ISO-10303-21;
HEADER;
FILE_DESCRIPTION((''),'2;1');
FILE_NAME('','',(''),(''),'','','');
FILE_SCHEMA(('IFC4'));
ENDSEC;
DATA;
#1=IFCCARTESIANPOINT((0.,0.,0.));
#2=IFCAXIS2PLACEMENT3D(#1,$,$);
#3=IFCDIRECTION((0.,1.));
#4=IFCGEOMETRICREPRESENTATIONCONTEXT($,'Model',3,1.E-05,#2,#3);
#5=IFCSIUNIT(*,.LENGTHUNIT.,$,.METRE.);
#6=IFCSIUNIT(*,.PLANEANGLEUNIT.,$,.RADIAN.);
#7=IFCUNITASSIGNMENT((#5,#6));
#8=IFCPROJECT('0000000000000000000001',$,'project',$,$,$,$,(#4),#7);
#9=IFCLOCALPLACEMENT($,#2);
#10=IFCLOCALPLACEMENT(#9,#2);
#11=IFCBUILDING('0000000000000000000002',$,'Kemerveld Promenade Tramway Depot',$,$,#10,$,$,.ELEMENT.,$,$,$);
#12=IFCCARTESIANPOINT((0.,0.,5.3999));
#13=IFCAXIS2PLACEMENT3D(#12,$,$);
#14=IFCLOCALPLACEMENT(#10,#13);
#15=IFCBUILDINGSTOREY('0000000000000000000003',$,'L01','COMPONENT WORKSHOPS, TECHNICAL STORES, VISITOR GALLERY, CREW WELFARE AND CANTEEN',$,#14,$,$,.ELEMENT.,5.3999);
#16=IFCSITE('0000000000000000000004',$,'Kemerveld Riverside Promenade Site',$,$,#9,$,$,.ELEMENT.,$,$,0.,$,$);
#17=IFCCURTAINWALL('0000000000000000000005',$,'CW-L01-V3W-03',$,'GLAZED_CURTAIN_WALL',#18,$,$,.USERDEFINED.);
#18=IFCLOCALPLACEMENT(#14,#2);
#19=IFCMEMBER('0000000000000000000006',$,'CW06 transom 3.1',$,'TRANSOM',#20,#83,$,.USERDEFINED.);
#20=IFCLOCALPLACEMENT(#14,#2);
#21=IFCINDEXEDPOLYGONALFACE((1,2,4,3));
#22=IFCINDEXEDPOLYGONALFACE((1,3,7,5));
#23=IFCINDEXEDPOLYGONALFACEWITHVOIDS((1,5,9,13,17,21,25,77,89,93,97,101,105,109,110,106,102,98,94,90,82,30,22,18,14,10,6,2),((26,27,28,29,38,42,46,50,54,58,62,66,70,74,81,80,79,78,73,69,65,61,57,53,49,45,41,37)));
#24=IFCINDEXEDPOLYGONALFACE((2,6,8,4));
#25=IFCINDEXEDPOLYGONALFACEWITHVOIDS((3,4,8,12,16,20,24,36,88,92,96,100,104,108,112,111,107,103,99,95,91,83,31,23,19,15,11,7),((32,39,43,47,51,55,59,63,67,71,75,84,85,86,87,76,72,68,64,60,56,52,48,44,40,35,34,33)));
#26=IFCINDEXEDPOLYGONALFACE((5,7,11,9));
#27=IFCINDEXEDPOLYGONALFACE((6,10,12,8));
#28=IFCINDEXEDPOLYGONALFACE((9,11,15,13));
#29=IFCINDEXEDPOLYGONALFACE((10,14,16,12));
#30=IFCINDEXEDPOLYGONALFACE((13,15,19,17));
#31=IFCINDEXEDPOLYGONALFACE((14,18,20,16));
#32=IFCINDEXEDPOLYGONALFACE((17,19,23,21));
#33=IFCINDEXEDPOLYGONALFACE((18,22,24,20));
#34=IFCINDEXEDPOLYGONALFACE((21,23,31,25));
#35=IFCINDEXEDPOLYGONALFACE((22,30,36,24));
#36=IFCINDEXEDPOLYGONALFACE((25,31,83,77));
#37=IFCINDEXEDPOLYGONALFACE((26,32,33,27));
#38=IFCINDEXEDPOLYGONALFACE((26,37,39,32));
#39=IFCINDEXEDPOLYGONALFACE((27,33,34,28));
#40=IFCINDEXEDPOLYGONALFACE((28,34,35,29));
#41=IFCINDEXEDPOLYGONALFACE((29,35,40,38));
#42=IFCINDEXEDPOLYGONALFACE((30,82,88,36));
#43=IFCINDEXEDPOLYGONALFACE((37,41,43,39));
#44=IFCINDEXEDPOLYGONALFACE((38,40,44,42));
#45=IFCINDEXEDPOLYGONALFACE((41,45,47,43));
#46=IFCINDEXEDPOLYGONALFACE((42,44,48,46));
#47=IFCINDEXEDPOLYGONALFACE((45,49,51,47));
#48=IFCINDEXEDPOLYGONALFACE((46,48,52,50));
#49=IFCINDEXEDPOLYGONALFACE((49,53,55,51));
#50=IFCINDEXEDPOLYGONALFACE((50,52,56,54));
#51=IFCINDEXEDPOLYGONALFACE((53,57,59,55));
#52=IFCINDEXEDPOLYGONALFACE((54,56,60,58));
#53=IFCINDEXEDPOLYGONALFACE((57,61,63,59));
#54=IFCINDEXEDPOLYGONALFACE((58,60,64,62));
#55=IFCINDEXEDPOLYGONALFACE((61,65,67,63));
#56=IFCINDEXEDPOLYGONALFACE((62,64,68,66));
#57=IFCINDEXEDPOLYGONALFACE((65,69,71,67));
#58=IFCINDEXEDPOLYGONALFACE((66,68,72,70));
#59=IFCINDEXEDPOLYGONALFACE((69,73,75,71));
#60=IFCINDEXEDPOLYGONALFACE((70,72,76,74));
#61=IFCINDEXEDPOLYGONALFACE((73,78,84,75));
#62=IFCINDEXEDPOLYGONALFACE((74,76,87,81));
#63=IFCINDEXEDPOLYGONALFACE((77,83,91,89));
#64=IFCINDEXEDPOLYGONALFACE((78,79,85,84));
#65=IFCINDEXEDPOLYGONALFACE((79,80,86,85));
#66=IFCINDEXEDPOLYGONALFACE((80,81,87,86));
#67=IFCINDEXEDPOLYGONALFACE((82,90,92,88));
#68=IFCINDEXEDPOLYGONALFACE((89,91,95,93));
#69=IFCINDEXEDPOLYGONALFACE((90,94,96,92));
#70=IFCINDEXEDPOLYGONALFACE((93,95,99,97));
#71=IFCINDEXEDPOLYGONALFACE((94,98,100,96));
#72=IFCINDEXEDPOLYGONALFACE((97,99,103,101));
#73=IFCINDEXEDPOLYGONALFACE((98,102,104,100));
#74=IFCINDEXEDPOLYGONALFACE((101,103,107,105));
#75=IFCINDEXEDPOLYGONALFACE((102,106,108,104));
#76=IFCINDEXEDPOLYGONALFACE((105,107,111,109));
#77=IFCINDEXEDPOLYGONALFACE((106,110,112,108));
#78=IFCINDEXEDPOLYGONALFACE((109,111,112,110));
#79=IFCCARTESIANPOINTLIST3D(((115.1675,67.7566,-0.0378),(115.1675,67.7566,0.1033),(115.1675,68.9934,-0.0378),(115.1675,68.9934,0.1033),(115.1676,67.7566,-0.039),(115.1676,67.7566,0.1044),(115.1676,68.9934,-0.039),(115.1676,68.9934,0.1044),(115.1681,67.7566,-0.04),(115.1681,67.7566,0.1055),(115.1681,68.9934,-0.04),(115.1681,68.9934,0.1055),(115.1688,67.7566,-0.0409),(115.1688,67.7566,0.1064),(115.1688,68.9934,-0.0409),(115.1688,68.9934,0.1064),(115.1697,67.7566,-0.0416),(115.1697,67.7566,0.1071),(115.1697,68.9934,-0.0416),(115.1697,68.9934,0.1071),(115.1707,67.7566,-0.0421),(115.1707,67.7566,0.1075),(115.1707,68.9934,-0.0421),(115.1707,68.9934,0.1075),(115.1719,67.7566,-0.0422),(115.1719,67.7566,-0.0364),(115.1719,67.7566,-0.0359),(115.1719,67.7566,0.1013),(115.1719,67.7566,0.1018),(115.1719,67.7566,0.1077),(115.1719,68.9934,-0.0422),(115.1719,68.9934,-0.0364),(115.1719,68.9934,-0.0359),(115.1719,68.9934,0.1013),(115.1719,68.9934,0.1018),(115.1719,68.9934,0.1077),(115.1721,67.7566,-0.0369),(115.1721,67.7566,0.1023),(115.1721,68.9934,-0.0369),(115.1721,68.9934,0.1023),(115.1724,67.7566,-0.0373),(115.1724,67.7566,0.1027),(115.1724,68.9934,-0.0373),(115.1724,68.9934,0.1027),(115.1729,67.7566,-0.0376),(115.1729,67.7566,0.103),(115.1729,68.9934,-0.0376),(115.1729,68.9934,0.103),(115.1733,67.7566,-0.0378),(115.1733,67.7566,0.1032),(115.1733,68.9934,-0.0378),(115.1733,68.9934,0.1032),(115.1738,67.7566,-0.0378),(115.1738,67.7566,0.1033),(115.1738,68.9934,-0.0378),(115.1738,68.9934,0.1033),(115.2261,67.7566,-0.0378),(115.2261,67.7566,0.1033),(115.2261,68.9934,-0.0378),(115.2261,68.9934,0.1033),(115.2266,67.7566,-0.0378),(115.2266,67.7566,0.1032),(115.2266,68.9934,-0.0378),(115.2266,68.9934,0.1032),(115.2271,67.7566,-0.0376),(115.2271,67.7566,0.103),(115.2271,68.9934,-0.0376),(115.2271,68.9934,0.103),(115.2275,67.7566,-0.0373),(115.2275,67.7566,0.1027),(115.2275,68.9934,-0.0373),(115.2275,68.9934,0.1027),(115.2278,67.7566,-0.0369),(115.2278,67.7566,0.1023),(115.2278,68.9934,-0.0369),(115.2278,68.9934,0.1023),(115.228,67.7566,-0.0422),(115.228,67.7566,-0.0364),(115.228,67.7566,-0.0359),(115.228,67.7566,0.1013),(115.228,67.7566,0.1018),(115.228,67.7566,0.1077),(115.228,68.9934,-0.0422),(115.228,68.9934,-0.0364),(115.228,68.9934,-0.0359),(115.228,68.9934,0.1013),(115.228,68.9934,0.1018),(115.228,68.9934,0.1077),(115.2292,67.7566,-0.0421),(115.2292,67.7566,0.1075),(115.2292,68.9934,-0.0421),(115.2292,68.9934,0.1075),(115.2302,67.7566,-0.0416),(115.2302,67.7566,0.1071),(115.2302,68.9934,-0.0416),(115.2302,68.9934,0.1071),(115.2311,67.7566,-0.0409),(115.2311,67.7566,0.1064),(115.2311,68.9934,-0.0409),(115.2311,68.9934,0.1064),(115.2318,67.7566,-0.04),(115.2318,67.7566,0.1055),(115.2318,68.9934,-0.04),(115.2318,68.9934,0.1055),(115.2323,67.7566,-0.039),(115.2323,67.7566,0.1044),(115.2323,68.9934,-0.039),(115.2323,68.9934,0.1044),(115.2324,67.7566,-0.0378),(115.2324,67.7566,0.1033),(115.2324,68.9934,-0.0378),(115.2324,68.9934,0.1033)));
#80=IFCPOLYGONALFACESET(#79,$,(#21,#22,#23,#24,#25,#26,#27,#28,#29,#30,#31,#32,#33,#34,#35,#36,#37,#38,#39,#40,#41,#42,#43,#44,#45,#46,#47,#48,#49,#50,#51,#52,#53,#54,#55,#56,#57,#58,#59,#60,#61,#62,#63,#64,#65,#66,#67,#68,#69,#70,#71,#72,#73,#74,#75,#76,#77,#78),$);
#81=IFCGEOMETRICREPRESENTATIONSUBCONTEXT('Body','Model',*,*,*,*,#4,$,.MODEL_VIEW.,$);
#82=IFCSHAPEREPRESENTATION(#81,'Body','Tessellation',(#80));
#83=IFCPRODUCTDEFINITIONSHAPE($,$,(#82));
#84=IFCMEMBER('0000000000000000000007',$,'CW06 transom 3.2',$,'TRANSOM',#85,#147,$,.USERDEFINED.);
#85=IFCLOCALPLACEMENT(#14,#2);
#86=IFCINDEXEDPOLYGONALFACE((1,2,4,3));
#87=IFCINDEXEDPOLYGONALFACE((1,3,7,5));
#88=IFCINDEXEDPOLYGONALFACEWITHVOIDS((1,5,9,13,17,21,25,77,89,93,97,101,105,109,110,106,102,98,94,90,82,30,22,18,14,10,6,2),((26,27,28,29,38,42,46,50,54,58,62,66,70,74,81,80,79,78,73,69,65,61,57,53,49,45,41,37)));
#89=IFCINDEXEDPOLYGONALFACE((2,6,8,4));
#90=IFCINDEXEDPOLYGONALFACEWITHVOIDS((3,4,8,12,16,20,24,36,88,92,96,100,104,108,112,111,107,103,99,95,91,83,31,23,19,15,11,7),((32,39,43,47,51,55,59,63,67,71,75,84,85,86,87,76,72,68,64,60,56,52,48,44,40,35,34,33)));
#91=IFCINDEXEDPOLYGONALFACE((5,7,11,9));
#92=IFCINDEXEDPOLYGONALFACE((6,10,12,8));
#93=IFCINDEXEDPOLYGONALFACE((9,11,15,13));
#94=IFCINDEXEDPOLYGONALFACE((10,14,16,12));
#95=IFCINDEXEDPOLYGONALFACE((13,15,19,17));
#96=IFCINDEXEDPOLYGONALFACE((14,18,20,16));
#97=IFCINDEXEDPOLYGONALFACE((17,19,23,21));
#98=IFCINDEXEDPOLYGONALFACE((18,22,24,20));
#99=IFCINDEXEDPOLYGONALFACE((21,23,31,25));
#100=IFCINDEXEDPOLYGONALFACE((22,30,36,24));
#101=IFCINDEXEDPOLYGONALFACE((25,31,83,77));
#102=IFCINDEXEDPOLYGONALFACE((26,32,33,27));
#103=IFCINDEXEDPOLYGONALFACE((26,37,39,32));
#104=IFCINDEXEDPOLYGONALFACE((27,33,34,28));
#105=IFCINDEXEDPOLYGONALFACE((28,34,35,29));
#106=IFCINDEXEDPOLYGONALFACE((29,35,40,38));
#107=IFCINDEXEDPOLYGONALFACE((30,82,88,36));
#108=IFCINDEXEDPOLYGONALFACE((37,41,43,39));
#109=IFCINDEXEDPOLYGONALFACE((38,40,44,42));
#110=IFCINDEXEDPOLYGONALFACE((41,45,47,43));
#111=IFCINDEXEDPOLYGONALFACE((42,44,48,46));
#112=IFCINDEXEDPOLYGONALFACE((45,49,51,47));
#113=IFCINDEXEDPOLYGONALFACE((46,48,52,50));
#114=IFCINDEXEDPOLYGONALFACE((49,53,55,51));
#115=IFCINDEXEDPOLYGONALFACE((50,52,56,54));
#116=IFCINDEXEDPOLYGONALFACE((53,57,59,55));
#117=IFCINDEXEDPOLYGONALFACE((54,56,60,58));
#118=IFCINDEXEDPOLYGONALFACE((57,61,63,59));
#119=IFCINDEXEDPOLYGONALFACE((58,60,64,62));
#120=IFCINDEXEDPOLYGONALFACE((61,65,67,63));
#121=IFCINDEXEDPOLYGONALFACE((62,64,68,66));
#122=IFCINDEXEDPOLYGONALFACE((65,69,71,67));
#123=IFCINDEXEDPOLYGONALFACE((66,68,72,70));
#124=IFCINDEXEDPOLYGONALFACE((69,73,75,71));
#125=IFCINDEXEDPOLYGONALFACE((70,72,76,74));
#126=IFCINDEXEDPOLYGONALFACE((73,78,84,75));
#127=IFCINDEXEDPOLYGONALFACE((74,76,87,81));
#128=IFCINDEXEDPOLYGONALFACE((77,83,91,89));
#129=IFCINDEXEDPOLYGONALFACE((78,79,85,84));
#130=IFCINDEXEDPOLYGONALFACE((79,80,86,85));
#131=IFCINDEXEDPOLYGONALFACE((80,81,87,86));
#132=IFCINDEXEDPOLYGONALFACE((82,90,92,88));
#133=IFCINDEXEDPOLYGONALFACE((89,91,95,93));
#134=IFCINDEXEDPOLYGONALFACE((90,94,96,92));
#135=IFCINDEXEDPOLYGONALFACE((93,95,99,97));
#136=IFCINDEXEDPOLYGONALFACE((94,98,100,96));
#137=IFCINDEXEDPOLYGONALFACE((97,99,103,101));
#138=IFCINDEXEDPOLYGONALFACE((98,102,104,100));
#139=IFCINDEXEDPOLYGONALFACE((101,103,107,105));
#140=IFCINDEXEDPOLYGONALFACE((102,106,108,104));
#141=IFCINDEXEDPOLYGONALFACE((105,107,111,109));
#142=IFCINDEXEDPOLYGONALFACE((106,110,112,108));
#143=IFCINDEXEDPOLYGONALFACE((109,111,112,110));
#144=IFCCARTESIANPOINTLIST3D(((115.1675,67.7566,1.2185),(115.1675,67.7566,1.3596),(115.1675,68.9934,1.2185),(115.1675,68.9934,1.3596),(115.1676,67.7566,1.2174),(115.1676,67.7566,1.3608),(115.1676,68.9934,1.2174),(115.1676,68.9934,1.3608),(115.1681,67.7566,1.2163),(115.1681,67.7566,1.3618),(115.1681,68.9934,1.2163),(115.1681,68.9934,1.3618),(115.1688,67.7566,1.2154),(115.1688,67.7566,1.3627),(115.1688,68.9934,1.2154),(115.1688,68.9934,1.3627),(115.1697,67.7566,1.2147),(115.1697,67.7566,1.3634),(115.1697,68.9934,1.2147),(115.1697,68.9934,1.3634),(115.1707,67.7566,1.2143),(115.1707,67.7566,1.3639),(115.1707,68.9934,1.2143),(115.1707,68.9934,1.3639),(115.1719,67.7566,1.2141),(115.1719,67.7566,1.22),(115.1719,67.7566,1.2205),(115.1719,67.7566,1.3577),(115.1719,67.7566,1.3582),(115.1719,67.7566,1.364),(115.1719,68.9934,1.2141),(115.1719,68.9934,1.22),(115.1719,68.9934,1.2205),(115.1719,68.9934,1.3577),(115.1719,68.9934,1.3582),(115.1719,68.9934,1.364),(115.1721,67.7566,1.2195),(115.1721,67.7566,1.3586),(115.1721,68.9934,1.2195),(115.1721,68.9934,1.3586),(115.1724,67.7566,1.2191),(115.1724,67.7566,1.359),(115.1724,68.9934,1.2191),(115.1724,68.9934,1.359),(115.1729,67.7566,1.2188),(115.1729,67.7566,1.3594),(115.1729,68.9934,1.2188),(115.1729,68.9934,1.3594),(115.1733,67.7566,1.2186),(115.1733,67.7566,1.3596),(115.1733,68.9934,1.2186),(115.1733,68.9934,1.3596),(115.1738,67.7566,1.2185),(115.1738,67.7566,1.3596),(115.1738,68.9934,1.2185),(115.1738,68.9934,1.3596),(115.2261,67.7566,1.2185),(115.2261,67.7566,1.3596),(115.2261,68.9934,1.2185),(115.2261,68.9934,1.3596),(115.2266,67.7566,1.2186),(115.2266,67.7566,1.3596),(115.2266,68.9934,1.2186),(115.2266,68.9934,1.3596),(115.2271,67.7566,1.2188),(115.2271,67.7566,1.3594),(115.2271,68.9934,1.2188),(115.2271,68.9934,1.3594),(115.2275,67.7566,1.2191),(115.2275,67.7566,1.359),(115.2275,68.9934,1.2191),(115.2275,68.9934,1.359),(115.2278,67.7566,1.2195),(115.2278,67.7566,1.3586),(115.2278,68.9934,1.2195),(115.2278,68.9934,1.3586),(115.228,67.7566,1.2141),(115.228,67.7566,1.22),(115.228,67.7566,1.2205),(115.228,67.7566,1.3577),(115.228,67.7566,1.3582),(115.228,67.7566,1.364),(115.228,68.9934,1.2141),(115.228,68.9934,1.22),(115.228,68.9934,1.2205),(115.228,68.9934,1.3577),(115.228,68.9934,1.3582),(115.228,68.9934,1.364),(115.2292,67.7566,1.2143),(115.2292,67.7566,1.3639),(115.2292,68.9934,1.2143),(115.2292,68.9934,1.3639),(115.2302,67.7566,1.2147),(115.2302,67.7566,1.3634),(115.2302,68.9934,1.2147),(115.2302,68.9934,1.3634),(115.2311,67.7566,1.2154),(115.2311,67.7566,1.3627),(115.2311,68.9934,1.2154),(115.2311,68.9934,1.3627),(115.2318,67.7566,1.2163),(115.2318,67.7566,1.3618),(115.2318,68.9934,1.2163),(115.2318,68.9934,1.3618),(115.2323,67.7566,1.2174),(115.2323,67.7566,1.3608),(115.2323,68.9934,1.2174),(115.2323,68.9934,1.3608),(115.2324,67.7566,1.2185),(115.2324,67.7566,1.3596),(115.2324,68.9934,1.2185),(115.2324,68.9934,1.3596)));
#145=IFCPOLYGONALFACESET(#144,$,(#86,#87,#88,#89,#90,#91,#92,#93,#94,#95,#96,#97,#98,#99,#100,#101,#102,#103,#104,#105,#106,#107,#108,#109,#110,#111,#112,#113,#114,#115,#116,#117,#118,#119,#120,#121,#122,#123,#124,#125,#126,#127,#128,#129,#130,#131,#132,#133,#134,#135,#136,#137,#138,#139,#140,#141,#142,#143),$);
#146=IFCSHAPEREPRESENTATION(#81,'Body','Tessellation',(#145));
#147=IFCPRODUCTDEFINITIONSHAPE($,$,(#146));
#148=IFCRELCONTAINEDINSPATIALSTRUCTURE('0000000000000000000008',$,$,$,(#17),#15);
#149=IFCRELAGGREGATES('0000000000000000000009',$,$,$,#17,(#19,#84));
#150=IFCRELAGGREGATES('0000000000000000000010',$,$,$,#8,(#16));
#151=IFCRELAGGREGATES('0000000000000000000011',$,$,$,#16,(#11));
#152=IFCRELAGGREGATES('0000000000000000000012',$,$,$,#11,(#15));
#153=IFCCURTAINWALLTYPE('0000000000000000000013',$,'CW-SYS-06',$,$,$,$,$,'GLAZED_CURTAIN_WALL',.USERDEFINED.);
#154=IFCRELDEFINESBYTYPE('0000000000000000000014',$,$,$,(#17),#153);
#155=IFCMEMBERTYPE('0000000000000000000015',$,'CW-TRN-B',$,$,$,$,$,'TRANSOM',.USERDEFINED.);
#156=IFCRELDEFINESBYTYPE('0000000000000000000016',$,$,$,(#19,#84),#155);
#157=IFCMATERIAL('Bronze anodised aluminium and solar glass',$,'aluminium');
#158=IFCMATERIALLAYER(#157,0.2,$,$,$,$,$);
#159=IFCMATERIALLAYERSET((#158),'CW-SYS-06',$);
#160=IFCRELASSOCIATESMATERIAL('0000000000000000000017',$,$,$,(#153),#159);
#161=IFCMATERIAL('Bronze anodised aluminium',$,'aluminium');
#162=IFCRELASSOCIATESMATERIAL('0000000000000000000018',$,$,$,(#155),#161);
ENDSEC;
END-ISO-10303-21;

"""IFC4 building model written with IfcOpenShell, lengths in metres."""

from ifc_helpers import new_model, si_unit, direction, frame, origin, origin_2d, place, context, subcontext, project, spatial, hollow_rectangle, extrude, material, layer, layer_set, material_profile, profile_set, type_object, element, aggregate, save


model = new_model("IFC4")

# Units and contexts
model_context = context("Model", 3, precision=1e-05, world=origin(), true_north=direction((0.0, 1.0)))
body_context = subcontext(model_context, "Body", "Model", "MODEL_VIEW")
ifc_project = project(units=[si_unit("LENGTHUNIT", "METRE"), si_unit("PLANEANGLEUNIT", "RADIAN")], contexts=[model_context])

# Site, building, storey
site_placement = place(None, origin())
site = spatial("IfcSite", under=ifc_project, at=site_placement, Name="Kemerveld Riverside Promenade Site", CompositionType="ELEMENT", RefElevation=0.0)
building_placement = place(site_placement, origin())
building = spatial("IfcBuilding", under=site, at=building_placement, Name="Kemerveld Promenade Tramway Depot", CompositionType="ELEMENT")
storey_placement = place(building_placement, frame((0.0, 0.0, 5.3999)))
storey = spatial("IfcBuildingStorey", under=building, at=storey_placement, Name="L01", Description="COMPONENT WORKSHOPS, TECHNICAL STORES, VISITOR GALLERY, CREW WELFARE AND CANTEEN", CompositionType="ELEMENT", Elevation=5.3999)

# Curtain wall, members
ifc_material_1 = material(Name="Bronze anodised aluminium and solar glass", Category="aluminium")
ifc_layer_1 = layer(ifc_material_1, 0.2)
ifc_layer_set_1 = layer_set([ifc_layer_1], Name="CW-SYS-06")
curtain_wall_type = type_object("IfcCurtainWallType", Name="CW-SYS-06", ElementType="GLAZED_CURTAIN_WALL", PredefinedType="USERDEFINED", material=ifc_layer_set_1)
curtain_wall_placement = place(storey_placement, origin())
curtain_wall = element("IfcCurtainWall", 1, at=curtain_wall_placement, inside=storey, type_object=curtain_wall_type, Name="CW-L01-V3W-03", ObjectType="GLAZED_CURTAIN_WALL", PredefinedType="USERDEFINED")
ifc_material_2 = material(Name="Bronze anodised aluminium", Category="aluminium")
ifc_material_profile_1 = material_profile(ifc_material_2, hollow_rectangle(XDim=0.0649, YDim=0.1499, WallThickness=0.0044, InnerFilletRadius=0.002, OuterFilletRadius=0.0044, at=origin_2d()), Name="CW-TRN-150x65")
ifc_profile_set_1 = profile_set([ifc_material_profile_1], Name="Bronze anodised aluminium")
member_type_1 = type_object("IfcMemberType", Name="CW-TRN-B", ElementType="TRANSOM", PredefinedType="USERDEFINED", material=ifc_profile_set_1)
member_1_placement = place(storey_placement, frame((115.2, 67.7566, 0.0327), z_axis=(0.0, 1.0, 0.0), x_axis=(-1.0, 0.0, 0.0)))
member_1 = element("IfcMember", 2, at=member_1_placement, type_object=member_type_1, Name="CW06 transom 3.1", ObjectType="TRANSOM", PredefinedType="USERDEFINED", context=body_context, shape_type="SweptSolid", body=[
    extrude(hollow_rectangle(XDim=0.0649, YDim=0.1499, WallThickness=0.0044, InnerFilletRadius=0.002, OuterFilletRadius=0.0044, at=origin_2d()), origin(), (0.0, 0.0, 1.0), 1.2368),
])
member_2_placement = place(storey_placement, frame((115.2, 67.7566, 1.2891), z_axis=(0.0, 1.0, 0.0), x_axis=(-1.0, 0.0, 0.0)))
member_2 = element("IfcMember", 3, at=member_2_placement, type_object=member_type_1, Name="CW06 transom 3.2", ObjectType="TRANSOM", PredefinedType="USERDEFINED", context=body_context, shape_type="SweptSolid", body=[
    extrude(hollow_rectangle(XDim=0.0649, YDim=0.1499, WallThickness=0.0044, InnerFilletRadius=0.002, OuterFilletRadius=0.0044, at=origin_2d()), origin(), (0.0, 0.0, 1.0), 1.2368),
])
aggregate(curtain_wall, [member_1, member_2])

save(model, "model.ifc")
